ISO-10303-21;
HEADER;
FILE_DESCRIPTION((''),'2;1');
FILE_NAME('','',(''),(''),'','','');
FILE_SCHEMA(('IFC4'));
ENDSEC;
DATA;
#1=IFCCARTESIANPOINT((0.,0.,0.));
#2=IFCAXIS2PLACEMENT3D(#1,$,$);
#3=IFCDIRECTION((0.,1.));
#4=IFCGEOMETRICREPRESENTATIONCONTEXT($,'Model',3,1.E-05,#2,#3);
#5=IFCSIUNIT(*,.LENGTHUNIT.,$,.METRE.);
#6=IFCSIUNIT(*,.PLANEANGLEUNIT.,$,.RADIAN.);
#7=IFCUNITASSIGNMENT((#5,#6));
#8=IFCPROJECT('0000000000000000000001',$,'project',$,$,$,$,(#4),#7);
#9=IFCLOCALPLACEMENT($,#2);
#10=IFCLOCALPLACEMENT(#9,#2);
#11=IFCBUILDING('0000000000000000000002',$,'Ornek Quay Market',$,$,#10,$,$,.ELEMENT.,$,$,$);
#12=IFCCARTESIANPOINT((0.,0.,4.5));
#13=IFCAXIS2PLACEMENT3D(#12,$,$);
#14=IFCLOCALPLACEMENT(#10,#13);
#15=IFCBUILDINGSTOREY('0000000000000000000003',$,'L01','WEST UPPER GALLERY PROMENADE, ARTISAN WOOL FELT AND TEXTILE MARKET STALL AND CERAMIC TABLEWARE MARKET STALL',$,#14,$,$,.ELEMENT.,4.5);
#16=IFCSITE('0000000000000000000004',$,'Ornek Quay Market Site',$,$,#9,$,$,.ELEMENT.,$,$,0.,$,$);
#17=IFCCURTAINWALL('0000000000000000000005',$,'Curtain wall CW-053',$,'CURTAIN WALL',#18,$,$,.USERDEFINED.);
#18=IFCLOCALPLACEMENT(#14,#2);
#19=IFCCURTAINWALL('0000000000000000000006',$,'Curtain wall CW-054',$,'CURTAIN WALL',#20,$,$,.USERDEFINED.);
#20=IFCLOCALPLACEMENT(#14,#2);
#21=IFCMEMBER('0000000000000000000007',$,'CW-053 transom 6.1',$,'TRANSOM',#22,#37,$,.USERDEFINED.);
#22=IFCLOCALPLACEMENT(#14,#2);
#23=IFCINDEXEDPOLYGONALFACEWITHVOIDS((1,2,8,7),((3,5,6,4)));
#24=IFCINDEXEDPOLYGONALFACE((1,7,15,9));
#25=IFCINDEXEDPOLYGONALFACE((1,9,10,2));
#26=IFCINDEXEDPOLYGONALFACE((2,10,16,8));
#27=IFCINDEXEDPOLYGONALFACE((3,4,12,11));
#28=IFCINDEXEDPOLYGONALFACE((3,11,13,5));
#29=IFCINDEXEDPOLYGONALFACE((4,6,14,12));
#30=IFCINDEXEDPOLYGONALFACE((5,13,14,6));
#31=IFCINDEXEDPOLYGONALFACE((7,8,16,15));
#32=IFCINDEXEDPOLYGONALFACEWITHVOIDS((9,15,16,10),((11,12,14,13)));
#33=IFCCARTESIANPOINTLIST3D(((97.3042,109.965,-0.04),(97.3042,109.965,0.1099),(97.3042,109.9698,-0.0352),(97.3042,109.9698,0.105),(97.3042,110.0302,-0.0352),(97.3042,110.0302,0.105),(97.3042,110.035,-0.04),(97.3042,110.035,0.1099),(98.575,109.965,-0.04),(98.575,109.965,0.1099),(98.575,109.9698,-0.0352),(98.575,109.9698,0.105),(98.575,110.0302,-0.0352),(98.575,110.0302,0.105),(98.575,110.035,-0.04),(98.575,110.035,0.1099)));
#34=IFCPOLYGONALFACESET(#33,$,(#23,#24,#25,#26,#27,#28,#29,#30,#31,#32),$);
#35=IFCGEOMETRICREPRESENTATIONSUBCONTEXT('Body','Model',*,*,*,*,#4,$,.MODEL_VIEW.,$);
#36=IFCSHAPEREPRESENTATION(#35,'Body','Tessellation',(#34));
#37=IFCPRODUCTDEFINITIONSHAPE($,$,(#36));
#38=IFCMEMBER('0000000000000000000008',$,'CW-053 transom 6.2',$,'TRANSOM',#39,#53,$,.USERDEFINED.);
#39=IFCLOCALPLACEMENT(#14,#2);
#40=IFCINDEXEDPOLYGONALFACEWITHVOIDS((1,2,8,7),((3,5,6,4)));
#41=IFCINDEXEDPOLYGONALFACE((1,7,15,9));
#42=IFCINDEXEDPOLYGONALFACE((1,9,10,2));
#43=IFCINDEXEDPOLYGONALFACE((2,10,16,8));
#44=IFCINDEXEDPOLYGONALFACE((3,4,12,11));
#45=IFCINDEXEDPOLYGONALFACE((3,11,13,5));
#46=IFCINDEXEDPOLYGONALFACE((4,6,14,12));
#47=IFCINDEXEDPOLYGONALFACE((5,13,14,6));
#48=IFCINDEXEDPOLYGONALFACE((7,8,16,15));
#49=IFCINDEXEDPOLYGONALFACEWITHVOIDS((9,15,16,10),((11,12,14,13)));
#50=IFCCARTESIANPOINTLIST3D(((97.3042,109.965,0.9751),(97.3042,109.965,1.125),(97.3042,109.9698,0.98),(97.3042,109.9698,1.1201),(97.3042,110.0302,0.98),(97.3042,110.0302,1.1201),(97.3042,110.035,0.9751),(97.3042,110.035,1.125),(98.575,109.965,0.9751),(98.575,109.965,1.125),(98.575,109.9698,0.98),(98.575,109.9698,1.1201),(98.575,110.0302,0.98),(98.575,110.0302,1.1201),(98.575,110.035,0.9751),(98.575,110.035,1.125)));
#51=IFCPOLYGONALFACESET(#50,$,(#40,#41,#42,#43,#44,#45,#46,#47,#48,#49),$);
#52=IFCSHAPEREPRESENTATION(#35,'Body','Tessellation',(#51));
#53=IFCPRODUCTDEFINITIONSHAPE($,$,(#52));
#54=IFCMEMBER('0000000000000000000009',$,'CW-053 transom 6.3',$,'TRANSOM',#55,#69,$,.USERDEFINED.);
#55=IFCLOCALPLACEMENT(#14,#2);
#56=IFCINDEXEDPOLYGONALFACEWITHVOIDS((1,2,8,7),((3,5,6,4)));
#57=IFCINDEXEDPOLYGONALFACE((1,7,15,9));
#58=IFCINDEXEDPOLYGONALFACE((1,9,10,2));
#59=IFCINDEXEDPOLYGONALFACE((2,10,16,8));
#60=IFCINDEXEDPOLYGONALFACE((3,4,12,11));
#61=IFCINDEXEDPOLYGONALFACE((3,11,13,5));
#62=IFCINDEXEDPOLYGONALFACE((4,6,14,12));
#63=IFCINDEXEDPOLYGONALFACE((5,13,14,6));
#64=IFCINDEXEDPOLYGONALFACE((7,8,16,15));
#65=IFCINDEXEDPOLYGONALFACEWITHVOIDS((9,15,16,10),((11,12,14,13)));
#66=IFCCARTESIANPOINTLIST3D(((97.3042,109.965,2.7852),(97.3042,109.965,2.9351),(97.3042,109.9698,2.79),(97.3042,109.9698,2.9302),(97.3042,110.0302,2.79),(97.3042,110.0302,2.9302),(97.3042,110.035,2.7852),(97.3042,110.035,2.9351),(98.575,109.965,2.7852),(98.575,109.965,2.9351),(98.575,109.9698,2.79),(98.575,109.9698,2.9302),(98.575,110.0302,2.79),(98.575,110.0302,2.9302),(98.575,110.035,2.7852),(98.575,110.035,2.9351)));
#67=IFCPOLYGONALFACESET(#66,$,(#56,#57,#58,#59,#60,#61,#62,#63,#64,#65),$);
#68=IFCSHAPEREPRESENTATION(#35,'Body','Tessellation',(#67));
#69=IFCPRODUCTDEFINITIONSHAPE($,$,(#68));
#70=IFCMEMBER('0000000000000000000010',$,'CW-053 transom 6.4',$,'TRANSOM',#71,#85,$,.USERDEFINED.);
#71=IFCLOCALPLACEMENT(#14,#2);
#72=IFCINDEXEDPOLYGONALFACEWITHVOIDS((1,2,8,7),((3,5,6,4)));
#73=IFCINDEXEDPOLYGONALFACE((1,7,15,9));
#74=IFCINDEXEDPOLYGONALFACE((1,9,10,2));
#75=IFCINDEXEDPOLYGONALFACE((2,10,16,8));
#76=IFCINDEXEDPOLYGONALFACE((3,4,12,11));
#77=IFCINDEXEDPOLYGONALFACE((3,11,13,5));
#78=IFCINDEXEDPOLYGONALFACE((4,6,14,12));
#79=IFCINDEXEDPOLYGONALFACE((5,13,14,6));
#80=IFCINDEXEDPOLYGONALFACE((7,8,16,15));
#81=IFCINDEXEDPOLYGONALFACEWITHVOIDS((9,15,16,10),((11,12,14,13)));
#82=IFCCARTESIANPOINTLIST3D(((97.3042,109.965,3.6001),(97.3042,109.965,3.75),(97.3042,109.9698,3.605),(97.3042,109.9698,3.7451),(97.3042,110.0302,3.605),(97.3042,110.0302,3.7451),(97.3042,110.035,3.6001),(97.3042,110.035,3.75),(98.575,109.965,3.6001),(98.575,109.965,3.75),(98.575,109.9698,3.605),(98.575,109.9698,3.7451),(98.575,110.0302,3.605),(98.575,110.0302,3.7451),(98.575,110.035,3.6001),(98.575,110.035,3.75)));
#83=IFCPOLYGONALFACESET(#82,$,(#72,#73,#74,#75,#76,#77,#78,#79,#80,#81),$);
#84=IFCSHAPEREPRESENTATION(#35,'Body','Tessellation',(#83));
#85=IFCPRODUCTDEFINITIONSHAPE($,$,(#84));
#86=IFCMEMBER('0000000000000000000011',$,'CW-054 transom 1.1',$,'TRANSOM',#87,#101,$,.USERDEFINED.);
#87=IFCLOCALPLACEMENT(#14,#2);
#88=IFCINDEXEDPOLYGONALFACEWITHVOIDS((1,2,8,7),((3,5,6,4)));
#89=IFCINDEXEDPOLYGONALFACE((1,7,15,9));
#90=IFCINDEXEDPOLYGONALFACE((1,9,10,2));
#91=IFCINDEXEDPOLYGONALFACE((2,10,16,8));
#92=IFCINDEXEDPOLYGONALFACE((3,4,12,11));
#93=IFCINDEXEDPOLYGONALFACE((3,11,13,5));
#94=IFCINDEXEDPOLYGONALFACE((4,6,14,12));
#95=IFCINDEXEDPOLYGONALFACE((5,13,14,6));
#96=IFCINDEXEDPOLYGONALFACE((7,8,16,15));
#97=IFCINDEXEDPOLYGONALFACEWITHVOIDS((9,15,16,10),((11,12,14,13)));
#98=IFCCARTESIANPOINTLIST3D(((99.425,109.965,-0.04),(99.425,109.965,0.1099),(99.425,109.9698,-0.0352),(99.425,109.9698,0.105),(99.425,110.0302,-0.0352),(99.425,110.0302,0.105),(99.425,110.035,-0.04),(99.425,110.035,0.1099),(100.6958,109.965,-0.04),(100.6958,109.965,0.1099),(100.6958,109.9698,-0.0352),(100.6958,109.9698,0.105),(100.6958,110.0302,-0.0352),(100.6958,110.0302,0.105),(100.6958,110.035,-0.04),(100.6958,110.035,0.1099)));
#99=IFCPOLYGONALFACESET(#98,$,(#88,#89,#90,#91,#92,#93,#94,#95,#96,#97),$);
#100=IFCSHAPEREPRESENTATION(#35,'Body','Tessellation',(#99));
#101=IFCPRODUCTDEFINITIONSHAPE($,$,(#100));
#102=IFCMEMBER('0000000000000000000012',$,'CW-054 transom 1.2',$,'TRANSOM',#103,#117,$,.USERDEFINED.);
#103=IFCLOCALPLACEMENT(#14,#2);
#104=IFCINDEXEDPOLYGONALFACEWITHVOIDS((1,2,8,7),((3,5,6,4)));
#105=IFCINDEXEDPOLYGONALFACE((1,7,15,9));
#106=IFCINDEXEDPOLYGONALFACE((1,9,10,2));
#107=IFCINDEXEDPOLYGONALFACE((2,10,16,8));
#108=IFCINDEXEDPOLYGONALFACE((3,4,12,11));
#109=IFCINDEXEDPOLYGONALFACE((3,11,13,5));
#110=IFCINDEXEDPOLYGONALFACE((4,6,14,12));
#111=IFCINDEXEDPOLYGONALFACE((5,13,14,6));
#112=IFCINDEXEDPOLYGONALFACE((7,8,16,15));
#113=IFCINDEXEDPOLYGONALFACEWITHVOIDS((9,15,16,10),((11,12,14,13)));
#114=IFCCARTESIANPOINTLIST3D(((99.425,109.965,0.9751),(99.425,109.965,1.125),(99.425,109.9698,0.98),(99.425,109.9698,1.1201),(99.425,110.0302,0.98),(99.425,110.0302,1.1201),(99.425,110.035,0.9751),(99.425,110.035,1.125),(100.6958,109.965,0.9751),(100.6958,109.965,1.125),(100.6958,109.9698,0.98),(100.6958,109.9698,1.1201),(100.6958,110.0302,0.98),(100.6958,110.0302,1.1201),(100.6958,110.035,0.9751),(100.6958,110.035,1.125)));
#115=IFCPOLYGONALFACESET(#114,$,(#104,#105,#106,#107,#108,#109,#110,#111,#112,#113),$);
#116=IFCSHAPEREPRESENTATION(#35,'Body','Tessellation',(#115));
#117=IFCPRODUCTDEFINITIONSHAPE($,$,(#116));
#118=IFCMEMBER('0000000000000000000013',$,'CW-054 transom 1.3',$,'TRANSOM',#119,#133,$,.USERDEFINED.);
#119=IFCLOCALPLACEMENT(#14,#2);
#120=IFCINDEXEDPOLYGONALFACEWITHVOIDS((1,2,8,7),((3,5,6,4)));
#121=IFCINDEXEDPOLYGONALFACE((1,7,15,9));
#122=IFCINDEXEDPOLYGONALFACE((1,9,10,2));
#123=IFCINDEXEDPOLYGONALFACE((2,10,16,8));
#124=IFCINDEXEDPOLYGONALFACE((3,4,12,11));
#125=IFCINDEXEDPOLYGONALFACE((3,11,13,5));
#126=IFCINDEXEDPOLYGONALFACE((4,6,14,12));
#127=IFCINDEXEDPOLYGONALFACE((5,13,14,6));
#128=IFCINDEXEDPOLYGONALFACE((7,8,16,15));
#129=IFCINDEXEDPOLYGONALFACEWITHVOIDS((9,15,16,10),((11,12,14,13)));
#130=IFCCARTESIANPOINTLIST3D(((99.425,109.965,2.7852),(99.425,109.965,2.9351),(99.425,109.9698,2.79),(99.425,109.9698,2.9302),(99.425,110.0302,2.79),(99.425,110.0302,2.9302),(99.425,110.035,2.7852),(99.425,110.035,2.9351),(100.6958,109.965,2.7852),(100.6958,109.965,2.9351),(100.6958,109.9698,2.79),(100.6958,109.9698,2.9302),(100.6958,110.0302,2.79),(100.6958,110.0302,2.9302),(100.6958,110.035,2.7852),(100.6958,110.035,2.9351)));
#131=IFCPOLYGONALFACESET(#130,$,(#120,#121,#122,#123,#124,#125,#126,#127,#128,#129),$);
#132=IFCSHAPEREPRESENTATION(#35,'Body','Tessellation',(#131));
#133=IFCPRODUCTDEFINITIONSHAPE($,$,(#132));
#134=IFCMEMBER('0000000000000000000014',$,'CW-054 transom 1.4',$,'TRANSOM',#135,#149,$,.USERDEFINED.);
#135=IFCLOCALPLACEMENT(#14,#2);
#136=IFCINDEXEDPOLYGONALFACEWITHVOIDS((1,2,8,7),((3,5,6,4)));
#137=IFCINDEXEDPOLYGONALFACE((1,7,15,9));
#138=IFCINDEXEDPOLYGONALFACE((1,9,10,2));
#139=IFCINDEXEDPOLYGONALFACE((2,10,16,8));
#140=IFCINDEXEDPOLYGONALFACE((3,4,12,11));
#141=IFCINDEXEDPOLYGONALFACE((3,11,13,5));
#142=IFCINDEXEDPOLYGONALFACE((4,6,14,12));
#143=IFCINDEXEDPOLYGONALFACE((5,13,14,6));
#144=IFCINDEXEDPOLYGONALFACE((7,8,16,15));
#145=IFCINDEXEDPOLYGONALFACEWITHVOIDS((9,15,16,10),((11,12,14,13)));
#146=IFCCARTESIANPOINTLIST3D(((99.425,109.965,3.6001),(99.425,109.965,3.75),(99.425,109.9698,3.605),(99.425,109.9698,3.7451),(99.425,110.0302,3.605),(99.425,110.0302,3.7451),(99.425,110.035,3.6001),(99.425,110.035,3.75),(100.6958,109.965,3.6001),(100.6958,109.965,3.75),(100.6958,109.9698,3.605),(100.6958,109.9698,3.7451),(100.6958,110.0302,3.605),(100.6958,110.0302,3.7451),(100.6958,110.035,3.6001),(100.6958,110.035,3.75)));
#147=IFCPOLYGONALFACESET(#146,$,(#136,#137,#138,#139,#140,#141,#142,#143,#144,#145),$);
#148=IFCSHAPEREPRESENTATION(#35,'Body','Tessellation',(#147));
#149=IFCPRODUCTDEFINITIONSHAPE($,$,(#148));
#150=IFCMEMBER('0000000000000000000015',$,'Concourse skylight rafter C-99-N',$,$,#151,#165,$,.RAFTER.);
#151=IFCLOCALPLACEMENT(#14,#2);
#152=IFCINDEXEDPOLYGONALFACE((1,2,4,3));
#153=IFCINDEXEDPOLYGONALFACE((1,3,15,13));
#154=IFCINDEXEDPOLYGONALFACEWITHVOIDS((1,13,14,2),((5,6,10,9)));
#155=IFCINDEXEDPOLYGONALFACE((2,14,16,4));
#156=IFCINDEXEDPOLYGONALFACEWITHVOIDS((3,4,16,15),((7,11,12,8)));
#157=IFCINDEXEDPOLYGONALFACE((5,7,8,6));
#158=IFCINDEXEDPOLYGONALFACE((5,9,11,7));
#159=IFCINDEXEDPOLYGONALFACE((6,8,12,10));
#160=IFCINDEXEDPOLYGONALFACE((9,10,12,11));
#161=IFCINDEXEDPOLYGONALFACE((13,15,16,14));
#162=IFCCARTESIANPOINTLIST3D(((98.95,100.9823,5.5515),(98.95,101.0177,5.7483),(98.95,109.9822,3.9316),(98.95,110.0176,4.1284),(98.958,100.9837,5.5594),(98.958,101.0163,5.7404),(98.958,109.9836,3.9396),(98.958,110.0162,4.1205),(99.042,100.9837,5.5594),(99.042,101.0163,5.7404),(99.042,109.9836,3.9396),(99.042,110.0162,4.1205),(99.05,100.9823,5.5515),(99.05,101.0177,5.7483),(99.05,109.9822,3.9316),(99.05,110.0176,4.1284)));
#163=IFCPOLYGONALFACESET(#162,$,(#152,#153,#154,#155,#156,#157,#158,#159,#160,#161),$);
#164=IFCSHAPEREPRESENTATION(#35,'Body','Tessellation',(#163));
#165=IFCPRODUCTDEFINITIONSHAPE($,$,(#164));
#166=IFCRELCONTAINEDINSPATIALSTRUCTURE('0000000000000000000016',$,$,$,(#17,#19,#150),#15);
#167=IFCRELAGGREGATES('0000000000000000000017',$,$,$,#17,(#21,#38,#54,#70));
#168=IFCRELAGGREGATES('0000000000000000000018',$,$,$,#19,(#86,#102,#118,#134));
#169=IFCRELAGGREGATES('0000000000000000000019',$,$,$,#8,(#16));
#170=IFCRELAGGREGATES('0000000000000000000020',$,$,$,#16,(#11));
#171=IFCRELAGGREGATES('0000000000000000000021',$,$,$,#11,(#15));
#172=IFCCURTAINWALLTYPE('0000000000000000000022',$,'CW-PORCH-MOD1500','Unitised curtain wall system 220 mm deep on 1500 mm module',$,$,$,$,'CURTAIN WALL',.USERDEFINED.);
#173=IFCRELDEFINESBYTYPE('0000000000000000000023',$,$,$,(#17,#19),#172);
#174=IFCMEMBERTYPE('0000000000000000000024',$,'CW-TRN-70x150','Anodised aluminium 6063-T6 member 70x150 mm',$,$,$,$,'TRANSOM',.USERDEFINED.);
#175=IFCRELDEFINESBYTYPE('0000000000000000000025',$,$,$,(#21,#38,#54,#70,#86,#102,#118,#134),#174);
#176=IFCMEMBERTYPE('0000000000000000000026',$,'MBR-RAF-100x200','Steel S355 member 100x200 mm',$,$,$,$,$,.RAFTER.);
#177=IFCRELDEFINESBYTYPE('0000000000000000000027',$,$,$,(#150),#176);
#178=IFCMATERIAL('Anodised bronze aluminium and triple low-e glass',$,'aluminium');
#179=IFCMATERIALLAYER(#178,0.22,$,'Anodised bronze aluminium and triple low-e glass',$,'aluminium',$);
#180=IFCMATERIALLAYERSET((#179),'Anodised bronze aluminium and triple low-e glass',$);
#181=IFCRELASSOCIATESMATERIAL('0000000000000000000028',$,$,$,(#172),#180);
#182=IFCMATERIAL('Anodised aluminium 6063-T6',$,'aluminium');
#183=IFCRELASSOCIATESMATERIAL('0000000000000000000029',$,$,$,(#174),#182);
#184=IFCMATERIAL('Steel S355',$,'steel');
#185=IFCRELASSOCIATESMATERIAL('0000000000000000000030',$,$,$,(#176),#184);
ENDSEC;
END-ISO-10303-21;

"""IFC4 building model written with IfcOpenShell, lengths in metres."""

from ifc_helpers import new_model, si_unit, direction, frame, origin, origin_2d, place, context, subcontext, project, spatial, hollow_rectangle, extrude, material, layer, layer_set, material_profile, profile_set, type_object, element, aggregate, save


model = new_model("IFC4")

# Units and contexts
model_context = context("Model", 3, precision=1e-05, world=origin(), true_north=direction((0.0, 1.0)))
body_context = subcontext(model_context, "Body", "Model", "MODEL_VIEW")
ifc_project = project(units=[si_unit("LENGTHUNIT", "METRE"), si_unit("PLANEANGLEUNIT", "RADIAN")], contexts=[model_context])

# Site, building, storey
site_placement = place(None, origin())
site = spatial("IfcSite", under=ifc_project, at=site_placement, Name="Ornek Quay Market Site", CompositionType="ELEMENT", RefElevation=0.0)
building_placement = place(site_placement, origin())
building = spatial("IfcBuilding", under=site, at=building_placement, Name="Ornek Quay Market", CompositionType="ELEMENT")
storey_placement = place(building_placement, frame((0.0, 0.0, 4.5)))
storey = spatial("IfcBuildingStorey", under=building, at=storey_placement, Name="L01", Description="WEST UPPER GALLERY PROMENADE, ARTISAN WOOL FELT AND TEXTILE MARKET STALL AND CERAMIC TABLEWARE MARKET STALL", CompositionType="ELEMENT", Elevation=4.5)

# Curtain walls
ifc_material_1 = material(Name="Anodised bronze aluminium and triple low-e glass", Category="aluminium")
ifc_layer_1 = layer(ifc_material_1, 0.22, Name="Anodised bronze aluminium and triple low-e glass", Category="aluminium")
ifc_layer_set_1 = layer_set([ifc_layer_1], Name="Anodised bronze aluminium and triple low-e glass")
curtain_wall_type = type_object("IfcCurtainWallType", Name="CW-PORCH-MOD1500", Description="Unitised curtain wall system 220 mm deep on 1500 mm module", ElementType="CURTAIN WALL", PredefinedType="USERDEFINED", material=ifc_layer_set_1)
curtain_wall_1_placement = place(storey_placement, origin())
curtain_wall_1 = element("IfcCurtainWall", 1, at=curtain_wall_1_placement, inside=storey, type_object=curtain_wall_type, Name="Curtain wall CW-053", ObjectType="CURTAIN WALL", PredefinedType="USERDEFINED")
ifc_material_2 = material(Name="Anodised aluminium 6063-T6", Category="aluminium")
curtain_wall_2_placement = place(storey_placement, origin())
curtain_wall_2 = element("IfcCurtainWall", 2, at=curtain_wall_2_placement, inside=storey, type_object=curtain_wall_type, Name="Curtain wall CW-054", ObjectType="CURTAIN WALL", PredefinedType="USERDEFINED")

# Members
ifc_material_profile_1 = material_profile(ifc_material_2, hollow_rectangle(XDim=0.0701, YDim=0.1499, WallThickness=0.0049, at=origin_2d()), Name="CW-TRN-70x150", Category="aluminium")
ifc_profile_set_1 = profile_set([ifc_material_profile_1], Name="Anodised aluminium 6063-T6")
member_type_1 = type_object("IfcMemberType", Name="CW-TRN-70x150", Description="Anodised aluminium 6063-T6 member 70x150 mm", ElementType="TRANSOM", PredefinedType="USERDEFINED", material=ifc_profile_set_1)
member_1_placement = place(storey_placement, frame((97.3042, 110.0, 0.0349), z_axis=(1.0, 0.0, 0.0), x_axis=(0.0, 1.0, 0.0)))
member_1 = element("IfcMember", 3, at=member_1_placement, type_object=member_type_1, Name="CW-053 transom 6.1", ObjectType="TRANSOM", PredefinedType="USERDEFINED", context=body_context, shape_type="SweptSolid", body=[
    extrude(hollow_rectangle(XDim=0.0701, YDim=0.1499, WallThickness=0.0049, at=origin_2d()), origin(), (0.0, 0.0, 1.0), 1.2708),
])
member_2_placement = place(storey_placement, frame((97.3042, 110.0, 1.05), z_axis=(1.0, 0.0, 0.0), x_axis=(0.0, 1.0, 0.0)))
member_2 = element("IfcMember", 4, at=member_2_placement, type_object=member_type_1, Name="CW-053 transom 6.2", ObjectType="TRANSOM", PredefinedType="USERDEFINED", context=body_context, shape_type="SweptSolid", body=[
    extrude(hollow_rectangle(XDim=0.0701, YDim=0.1499, WallThickness=0.0049, at=origin_2d()), origin(), (0.0, 0.0, 1.0), 1.2708),
])
member_3_placement = place(storey_placement, frame((97.3042, 110.0, 2.8601), z_axis=(1.0, 0.0, 0.0), x_axis=(0.0, 1.0, 0.0)))
member_3 = element("IfcMember", 5, at=member_3_placement, type_object=member_type_1, Name="CW-053 transom 6.3", ObjectType="TRANSOM", PredefinedType="USERDEFINED", context=body_context, shape_type="SweptSolid", body=[
    extrude(hollow_rectangle(XDim=0.0701, YDim=0.1499, WallThickness=0.0049, at=origin_2d()), origin(), (0.0, 0.0, 1.0), 1.2708),
])
member_4_placement = place(storey_placement, frame((97.3042, 110.0, 3.675), z_axis=(1.0, 0.0, 0.0), x_axis=(0.0, 1.0, 0.0)))
member_4 = element("IfcMember", 6, at=member_4_placement, type_object=member_type_1, Name="CW-053 transom 6.4", ObjectType="TRANSOM", PredefinedType="USERDEFINED", context=body_context, shape_type="SweptSolid", body=[
    extrude(hollow_rectangle(XDim=0.0701, YDim=0.1499, WallThickness=0.0049, at=origin_2d()), origin(), (0.0, 0.0, 1.0), 1.2708),
])
member_5_placement = place(storey_placement, frame((99.425, 110.0, 0.0349), z_axis=(1.0, 0.0, 0.0), x_axis=(0.0, 1.0, 0.0)))
member_5 = element("IfcMember", 7, at=member_5_placement, type_object=member_type_1, Name="CW-054 transom 1.1", ObjectType="TRANSOM", PredefinedType="USERDEFINED", context=body_context, shape_type="SweptSolid", body=[
    extrude(hollow_rectangle(XDim=0.0701, YDim=0.1499, WallThickness=0.0049, at=origin_2d()), origin(), (0.0, 0.0, 1.0), 1.2708),
])
member_6_placement = place(storey_placement, frame((99.425, 110.0, 1.05), z_axis=(1.0, 0.0, 0.0), x_axis=(0.0, 1.0, 0.0)))
member_6 = element("IfcMember", 8, at=member_6_placement, type_object=member_type_1, Name="CW-054 transom 1.2", ObjectType="TRANSOM", PredefinedType="USERDEFINED", context=body_context, shape_type="SweptSolid", body=[
    extrude(hollow_rectangle(XDim=0.0701, YDim=0.1499, WallThickness=0.0049, at=origin_2d()), origin(), (0.0, 0.0, 1.0), 1.2708),
])
member_7_placement = place(storey_placement, frame((99.425, 110.0, 2.8601), z_axis=(1.0, 0.0, 0.0), x_axis=(0.0, 1.0, 0.0)))
member_7 = element("IfcMember", 9, at=member_7_placement, type_object=member_type_1, Name="CW-054 transom 1.3", ObjectType="TRANSOM", PredefinedType="USERDEFINED", context=body_context, shape_type="SweptSolid", body=[
    extrude(hollow_rectangle(XDim=0.0701, YDim=0.1499, WallThickness=0.0049, at=origin_2d()), origin(), (0.0, 0.0, 1.0), 1.2708),
])
member_8_placement = place(storey_placement, frame((99.425, 110.0, 3.675), z_axis=(1.0, 0.0, 0.0), x_axis=(0.0, 1.0, 0.0)))
member_8 = element("IfcMember", 10, at=member_8_placement, type_object=member_type_1, Name="CW-054 transom 1.4", ObjectType="TRANSOM", PredefinedType="USERDEFINED", context=body_context, shape_type="SweptSolid", body=[
    extrude(hollow_rectangle(XDim=0.0701, YDim=0.1499, WallThickness=0.0049, at=origin_2d()), origin(), (0.0, 0.0, 1.0), 1.2708),
])

# Member
ifc_material_3 = material(Name="Steel S355", Category="steel")
ifc_material_profile_2 = material_profile(ifc_material_3, hollow_rectangle(XDim=0.1001, YDim=0.2, WallThickness=0.0081, at=origin_2d()), Name="MBR-RAF-100x200", Category="steel")
ifc_profile_set_2 = profile_set([ifc_material_profile_2], Name="Steel S355")
member_type_2 = type_object("IfcMemberType", Name="MBR-RAF-100x200", Description="Steel S355 member 100x200 mm", PredefinedType="RAFTER", material=ifc_profile_set_2)
member_9_placement = place(storey_placement, frame((99.0, 101.0, 5.6499), z_axis=(0.0, 0.984186, -0.17714), x_axis=(-1.0, 0.0, 0.0)))
element("IfcMember", 11, at=member_9_placement, inside=storey, type_object=member_type_2, Name="Concourse skylight rafter C-99-N", PredefinedType="RAFTER", context=body_context, shape_type="SweptSolid", body=[
    extrude(hollow_rectangle(XDim=0.1001, YDim=0.2, WallThickness=0.0081, at=origin_2d()), origin(), (0.0, 0.0, 1.0), 9.1445),
])

aggregate(curtain_wall_1, [member_1, member_2, member_3, member_4])
aggregate(curtain_wall_2, [member_5, member_6, member_7, member_8])

save(model, "model.ifc")
